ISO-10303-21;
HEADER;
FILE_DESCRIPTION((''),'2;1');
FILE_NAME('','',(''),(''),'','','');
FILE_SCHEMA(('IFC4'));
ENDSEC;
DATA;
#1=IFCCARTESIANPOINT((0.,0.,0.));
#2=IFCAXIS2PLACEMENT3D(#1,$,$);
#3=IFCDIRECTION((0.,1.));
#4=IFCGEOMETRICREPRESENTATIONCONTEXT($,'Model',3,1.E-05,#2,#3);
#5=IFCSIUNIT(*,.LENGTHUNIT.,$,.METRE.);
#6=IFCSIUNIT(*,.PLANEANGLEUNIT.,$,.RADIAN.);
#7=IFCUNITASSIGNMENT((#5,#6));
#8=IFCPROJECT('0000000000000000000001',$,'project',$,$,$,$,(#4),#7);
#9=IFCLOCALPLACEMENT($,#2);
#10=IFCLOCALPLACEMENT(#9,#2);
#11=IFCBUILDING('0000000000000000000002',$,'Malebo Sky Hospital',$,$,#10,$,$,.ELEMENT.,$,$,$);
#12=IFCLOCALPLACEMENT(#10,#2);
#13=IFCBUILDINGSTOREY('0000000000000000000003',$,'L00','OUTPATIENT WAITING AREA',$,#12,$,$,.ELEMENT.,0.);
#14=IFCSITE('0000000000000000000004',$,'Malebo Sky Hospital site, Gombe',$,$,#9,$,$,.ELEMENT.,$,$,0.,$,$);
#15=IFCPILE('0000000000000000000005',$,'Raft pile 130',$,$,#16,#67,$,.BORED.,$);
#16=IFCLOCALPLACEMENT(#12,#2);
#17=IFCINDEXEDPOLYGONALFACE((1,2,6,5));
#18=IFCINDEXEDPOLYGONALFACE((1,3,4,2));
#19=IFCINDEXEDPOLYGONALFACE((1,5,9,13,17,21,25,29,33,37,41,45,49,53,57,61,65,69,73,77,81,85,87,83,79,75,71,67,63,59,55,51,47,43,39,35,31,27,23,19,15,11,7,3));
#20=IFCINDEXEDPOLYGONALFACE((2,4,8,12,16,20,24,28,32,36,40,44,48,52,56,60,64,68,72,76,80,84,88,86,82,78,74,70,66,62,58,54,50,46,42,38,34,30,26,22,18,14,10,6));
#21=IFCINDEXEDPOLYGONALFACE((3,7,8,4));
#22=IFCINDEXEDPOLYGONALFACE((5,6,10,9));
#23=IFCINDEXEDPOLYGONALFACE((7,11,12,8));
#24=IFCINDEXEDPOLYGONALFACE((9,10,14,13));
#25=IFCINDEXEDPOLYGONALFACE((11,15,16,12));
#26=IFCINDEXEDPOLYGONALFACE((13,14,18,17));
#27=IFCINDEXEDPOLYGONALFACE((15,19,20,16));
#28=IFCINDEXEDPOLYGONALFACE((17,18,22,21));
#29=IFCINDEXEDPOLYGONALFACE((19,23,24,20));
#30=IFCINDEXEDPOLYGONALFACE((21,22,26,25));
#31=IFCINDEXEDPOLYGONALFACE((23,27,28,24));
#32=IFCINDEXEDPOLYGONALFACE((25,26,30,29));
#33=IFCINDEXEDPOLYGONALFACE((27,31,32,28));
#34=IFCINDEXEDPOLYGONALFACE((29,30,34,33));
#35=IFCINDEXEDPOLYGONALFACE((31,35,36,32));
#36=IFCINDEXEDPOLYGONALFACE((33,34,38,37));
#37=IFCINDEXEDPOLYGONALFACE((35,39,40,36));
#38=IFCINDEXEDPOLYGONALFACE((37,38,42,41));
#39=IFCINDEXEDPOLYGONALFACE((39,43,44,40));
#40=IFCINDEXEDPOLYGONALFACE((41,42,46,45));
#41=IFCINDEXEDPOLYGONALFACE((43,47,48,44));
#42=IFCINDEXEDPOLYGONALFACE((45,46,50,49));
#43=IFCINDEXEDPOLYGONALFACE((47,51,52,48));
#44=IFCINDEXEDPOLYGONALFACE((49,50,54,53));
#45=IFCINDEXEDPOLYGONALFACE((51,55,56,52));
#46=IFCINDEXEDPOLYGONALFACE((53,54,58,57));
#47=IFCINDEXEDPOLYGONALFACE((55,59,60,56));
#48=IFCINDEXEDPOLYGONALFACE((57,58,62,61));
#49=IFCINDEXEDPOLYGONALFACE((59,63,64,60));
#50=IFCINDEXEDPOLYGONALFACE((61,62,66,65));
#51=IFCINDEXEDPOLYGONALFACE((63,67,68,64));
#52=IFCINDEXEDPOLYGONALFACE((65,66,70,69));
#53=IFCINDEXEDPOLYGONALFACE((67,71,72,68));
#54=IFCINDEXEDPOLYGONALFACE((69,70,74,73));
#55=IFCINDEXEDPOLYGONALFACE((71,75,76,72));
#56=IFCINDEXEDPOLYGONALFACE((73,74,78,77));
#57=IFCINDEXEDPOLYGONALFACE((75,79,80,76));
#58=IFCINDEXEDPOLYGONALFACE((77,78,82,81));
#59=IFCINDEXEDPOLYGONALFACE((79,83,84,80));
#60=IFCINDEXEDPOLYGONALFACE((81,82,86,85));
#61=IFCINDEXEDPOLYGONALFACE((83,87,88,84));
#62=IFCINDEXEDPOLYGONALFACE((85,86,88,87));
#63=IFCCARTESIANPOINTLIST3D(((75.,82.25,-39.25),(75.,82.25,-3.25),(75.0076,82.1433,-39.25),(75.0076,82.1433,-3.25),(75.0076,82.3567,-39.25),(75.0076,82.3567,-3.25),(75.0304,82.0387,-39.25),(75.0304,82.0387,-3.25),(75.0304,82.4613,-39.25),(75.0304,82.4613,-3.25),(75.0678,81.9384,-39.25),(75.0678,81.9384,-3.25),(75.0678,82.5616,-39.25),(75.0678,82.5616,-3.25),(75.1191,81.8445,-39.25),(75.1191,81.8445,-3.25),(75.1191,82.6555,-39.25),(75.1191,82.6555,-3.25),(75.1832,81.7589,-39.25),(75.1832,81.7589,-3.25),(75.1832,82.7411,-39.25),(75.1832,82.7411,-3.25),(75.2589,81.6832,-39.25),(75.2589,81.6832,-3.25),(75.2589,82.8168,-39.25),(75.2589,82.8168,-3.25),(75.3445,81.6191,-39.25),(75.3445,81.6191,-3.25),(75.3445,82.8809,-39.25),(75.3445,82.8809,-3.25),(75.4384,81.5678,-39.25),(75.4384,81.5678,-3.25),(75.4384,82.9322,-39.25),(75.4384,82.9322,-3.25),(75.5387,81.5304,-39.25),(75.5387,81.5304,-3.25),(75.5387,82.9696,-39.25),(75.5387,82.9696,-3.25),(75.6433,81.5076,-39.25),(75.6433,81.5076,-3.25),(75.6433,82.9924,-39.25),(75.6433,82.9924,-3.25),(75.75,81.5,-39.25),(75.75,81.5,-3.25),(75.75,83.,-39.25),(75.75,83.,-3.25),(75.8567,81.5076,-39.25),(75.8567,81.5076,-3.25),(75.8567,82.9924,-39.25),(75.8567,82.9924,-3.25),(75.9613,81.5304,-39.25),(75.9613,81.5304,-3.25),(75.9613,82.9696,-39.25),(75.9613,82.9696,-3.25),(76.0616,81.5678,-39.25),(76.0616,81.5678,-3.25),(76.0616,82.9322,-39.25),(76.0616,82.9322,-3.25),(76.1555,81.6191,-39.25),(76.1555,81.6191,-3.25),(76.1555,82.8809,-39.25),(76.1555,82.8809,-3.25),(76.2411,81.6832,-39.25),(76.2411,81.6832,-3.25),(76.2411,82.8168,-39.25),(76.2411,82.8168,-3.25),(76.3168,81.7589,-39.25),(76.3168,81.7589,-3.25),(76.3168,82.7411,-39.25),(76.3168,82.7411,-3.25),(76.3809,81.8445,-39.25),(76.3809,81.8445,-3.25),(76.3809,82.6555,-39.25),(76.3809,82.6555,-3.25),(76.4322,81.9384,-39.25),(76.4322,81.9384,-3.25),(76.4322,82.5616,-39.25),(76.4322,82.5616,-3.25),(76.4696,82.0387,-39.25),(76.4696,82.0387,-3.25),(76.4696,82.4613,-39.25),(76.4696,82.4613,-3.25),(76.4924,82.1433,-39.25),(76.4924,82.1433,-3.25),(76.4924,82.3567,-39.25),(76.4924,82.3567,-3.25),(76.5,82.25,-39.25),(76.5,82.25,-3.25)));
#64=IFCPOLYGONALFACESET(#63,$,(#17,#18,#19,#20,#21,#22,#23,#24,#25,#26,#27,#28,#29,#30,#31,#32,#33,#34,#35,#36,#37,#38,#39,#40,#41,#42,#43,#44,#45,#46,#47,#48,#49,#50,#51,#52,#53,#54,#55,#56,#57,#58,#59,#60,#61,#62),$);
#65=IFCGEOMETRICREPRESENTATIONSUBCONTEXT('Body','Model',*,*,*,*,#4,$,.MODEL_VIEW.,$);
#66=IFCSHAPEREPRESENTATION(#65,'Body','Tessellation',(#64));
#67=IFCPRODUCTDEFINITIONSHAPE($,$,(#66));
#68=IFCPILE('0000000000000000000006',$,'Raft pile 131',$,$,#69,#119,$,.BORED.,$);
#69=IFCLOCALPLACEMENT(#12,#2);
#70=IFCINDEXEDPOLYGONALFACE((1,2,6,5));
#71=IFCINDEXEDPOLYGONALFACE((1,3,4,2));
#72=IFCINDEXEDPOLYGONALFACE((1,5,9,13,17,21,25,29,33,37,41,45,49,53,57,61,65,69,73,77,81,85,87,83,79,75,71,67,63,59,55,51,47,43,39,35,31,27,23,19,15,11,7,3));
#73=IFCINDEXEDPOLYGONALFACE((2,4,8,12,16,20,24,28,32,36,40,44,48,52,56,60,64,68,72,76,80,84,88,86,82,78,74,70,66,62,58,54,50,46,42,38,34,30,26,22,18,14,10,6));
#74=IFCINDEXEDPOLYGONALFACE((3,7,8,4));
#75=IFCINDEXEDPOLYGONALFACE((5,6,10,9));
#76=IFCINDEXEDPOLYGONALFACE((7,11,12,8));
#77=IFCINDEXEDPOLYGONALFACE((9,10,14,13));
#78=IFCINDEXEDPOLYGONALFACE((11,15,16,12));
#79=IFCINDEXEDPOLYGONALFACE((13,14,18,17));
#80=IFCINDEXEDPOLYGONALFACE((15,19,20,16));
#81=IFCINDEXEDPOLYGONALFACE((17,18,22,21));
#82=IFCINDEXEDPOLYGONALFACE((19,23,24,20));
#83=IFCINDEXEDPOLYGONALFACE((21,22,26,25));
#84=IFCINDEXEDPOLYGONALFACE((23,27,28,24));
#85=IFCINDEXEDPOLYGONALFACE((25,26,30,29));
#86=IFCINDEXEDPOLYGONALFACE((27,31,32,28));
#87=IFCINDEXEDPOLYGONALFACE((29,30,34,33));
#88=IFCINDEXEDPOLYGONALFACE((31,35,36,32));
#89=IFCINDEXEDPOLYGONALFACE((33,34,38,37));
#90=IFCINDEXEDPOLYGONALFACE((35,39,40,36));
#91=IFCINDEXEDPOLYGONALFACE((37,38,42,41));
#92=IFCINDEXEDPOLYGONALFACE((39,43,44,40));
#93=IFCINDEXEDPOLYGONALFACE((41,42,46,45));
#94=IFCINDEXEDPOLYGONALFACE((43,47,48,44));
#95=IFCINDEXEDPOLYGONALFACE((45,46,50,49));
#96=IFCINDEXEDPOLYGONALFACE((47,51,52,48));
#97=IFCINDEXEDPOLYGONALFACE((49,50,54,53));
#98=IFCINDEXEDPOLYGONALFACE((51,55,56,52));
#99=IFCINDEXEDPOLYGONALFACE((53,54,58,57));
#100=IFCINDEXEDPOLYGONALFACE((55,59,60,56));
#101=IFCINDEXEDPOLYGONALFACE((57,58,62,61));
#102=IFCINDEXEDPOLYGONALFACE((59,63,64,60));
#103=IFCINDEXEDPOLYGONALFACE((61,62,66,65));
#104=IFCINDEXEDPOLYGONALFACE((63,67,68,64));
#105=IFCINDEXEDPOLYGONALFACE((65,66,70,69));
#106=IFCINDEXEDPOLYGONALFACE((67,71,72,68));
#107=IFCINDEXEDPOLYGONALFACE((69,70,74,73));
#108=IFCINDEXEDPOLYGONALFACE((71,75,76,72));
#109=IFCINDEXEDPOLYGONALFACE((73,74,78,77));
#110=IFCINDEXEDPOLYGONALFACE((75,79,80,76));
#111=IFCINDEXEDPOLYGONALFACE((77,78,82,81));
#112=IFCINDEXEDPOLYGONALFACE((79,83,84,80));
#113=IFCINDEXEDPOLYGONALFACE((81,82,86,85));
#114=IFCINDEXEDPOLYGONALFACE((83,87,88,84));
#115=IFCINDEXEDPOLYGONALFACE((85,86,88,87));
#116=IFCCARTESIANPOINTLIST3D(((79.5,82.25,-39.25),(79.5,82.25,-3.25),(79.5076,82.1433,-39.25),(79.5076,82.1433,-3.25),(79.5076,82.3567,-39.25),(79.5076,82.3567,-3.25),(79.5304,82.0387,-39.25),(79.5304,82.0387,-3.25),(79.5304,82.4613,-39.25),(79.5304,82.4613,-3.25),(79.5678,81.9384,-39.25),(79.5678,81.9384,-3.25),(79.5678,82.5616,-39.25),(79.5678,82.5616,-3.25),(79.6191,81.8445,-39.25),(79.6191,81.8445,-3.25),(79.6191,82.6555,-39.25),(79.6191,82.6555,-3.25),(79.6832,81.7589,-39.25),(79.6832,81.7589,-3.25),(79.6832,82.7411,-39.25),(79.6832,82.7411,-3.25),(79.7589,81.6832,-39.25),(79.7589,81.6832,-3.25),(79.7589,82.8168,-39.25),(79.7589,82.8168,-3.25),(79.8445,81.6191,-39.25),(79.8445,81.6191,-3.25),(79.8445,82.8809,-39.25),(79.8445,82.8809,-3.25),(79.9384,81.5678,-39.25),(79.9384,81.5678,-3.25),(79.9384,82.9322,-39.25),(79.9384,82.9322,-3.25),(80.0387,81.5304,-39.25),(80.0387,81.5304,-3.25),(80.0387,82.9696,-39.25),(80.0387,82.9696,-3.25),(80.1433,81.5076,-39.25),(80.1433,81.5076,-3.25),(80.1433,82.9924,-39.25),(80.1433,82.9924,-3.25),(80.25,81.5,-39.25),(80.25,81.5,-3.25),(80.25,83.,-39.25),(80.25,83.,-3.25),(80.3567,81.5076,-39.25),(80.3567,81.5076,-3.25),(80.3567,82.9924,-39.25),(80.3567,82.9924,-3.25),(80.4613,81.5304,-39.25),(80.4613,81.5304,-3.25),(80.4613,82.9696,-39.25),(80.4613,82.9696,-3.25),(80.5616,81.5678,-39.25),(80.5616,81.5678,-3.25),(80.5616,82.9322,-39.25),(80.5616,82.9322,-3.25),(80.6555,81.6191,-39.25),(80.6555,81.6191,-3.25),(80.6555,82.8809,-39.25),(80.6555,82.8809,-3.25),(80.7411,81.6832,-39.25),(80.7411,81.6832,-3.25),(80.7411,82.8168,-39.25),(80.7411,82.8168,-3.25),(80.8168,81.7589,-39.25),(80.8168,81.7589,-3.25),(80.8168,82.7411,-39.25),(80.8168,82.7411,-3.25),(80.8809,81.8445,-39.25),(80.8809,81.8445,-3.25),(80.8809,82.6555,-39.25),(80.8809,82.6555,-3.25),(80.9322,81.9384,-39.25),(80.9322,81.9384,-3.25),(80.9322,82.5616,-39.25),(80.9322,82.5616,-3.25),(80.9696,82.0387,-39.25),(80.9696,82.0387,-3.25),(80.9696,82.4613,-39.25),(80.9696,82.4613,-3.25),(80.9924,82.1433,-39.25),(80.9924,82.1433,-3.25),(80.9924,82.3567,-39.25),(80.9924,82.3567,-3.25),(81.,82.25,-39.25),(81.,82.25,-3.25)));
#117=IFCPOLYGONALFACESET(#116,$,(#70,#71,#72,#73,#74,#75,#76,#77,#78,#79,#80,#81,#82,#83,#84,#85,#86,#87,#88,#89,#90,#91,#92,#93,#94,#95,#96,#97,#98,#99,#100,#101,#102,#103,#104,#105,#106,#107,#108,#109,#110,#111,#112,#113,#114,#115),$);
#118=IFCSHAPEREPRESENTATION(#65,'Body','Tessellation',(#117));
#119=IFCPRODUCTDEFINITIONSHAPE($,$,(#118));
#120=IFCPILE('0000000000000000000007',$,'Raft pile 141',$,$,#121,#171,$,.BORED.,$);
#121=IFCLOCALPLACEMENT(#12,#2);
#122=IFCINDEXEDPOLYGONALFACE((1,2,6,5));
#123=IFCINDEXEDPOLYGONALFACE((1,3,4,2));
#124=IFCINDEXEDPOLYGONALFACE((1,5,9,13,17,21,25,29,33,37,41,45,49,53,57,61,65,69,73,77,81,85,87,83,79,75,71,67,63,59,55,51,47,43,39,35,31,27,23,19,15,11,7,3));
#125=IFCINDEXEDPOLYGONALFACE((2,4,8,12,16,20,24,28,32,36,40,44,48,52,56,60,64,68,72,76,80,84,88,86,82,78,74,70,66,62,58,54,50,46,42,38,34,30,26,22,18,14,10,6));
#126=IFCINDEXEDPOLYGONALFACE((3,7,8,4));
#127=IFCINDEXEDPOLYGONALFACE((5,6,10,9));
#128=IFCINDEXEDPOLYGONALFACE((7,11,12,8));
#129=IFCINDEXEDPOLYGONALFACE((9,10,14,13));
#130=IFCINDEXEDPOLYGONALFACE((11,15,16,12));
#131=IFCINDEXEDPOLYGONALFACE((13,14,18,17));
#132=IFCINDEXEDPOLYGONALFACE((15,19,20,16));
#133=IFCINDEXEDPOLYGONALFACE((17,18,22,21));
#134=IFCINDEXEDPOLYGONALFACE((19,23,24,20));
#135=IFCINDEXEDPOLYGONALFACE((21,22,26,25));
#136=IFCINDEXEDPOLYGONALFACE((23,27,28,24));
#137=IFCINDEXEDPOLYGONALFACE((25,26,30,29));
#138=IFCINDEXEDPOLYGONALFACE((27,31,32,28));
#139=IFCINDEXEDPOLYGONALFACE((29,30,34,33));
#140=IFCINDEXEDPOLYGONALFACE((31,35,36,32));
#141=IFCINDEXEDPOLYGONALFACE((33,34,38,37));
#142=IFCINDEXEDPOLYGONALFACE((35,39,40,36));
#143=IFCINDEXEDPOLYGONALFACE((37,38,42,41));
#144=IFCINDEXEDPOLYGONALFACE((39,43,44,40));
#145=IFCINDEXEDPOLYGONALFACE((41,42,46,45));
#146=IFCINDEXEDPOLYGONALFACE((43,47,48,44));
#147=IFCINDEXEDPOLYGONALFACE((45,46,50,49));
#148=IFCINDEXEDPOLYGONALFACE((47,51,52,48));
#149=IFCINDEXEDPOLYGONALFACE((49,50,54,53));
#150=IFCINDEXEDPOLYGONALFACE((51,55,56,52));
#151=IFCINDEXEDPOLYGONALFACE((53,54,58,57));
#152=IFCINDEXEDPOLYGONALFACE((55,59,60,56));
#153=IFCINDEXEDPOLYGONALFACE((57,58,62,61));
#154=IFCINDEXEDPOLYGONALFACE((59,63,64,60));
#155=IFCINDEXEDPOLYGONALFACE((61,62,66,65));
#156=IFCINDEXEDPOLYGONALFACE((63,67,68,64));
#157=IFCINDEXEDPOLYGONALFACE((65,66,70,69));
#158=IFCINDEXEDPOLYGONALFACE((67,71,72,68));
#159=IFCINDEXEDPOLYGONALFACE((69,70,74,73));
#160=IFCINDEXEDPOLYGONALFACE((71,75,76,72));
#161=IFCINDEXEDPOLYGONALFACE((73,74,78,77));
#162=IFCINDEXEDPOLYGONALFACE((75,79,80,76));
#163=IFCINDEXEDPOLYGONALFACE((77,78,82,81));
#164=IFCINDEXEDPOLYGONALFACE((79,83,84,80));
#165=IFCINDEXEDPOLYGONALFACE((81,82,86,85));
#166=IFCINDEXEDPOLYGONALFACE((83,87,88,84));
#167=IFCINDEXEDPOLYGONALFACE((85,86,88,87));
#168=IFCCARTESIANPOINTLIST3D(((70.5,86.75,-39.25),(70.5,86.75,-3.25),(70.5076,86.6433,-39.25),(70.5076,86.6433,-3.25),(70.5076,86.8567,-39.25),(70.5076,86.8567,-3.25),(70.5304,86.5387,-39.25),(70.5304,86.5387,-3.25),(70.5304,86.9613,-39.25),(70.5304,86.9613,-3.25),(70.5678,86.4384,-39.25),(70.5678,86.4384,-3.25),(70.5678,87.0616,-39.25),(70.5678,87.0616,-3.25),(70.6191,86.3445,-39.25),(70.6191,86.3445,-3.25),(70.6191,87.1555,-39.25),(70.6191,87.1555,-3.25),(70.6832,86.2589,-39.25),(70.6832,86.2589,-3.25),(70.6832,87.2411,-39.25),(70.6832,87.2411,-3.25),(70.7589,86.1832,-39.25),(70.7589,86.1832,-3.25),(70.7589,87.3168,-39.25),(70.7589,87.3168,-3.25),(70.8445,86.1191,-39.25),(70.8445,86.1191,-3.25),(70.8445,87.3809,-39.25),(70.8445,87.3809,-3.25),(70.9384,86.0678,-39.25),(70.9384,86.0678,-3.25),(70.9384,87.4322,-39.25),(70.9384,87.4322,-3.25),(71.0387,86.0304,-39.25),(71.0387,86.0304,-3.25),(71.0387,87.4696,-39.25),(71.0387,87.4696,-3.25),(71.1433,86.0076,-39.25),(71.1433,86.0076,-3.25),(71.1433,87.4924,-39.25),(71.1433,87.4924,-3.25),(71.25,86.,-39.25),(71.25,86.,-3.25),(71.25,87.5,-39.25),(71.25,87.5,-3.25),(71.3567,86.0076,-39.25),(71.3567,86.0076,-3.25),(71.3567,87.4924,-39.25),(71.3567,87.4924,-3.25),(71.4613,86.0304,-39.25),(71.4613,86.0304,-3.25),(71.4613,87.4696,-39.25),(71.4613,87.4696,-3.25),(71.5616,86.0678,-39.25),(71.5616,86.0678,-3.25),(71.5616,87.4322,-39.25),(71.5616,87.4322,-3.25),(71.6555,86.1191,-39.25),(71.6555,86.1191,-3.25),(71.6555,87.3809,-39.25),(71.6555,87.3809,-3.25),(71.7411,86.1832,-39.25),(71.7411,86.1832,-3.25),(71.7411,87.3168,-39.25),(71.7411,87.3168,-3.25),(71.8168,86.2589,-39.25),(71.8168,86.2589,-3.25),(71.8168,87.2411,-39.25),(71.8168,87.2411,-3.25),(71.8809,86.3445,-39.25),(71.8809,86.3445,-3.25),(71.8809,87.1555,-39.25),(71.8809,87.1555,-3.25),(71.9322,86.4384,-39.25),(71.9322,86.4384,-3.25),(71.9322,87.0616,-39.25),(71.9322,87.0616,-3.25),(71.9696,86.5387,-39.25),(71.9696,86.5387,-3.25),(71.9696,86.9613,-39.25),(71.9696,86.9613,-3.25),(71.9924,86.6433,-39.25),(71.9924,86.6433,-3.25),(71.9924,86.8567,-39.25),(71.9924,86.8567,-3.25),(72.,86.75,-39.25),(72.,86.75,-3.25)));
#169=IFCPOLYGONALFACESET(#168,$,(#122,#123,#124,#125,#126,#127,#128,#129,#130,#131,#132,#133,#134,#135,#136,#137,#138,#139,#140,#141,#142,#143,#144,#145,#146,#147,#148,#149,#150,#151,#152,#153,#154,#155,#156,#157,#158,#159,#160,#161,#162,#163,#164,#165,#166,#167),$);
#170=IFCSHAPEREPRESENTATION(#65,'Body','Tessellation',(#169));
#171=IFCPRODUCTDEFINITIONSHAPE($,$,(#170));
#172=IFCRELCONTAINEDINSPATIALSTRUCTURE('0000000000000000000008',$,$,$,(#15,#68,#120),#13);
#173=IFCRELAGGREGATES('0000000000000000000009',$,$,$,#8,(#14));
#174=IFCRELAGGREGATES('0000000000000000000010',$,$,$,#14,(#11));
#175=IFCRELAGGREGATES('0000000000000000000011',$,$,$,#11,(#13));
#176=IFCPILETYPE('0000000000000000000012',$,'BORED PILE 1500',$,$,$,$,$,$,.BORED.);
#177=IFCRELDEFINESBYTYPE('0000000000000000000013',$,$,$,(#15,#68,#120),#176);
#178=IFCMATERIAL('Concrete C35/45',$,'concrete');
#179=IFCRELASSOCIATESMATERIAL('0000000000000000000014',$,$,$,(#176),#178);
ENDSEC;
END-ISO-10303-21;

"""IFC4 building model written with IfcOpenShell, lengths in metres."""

from ifc_helpers import new_model, si_unit, direction, frame, origin, origin_2d, place, context, subcontext, project, spatial, circle, extrude, material, material_profile, profile_set, type_object, element, save


model = new_model("IFC4")

# Units and contexts
model_context = context("Model", 3, precision=1e-05, world=origin(), true_north=direction((0.0, 1.0)))
body_context = subcontext(model_context, "Body", "Model", "MODEL_VIEW")
ifc_project = project(units=[si_unit("LENGTHUNIT", "METRE"), si_unit("PLANEANGLEUNIT", "RADIAN")], contexts=[model_context])

# Site, building, storey
site_placement = place(None, origin())
site = spatial("IfcSite", under=ifc_project, at=site_placement, Name="Malebo Sky Hospital site, Gombe", CompositionType="ELEMENT", RefElevation=0.0)
building_placement = place(site_placement, origin())
building = spatial("IfcBuilding", under=site, at=building_placement, Name="Malebo Sky Hospital", CompositionType="ELEMENT")
storey_placement = place(building_placement, origin())
storey = spatial("IfcBuildingStorey", under=building, at=storey_placement, Name="L00", Description="OUTPATIENT WAITING AREA", CompositionType="ELEMENT", Elevation=0.0)

# Piles
ifc_material_1 = material(Name="Concrete C35/45", Category="concrete")
ifc_material_profile_1 = material_profile(ifc_material_1, circle(Radius=0.75, at=origin_2d()), Name="BP 1500")
ifc_profile_set_1 = profile_set([ifc_material_profile_1], Name="Concrete C35/45")
pile_type = type_object("IfcPileType", Name="BORED PILE 1500", PredefinedType="BORED", material=ifc_profile_set_1)
for number, where, z_axis, x_axis, name in (
    (1, (75.75, 82.25, -3.25), (0.0, 0.0, -1.0), (1.0, 0.0, 0.0), "Raft pile 130"),
    (2, (80.25, 82.25, -3.25), (0.0, 0.0, -1.0), (1.0, 0.0, 0.0), "Raft pile 131"),
    (3, (71.25, 86.75, -3.25), (0.0, 0.0, -1.0), (1.0, 0.0, 0.0), "Raft pile 141"),
):
    element("IfcPile", number, at=place(storey_placement, frame(where, z_axis=z_axis, x_axis=x_axis)), inside=storey, type_object=pile_type, Name=name, PredefinedType="BORED", context=body_context, shape_type="SweptSolid", body=[
        extrude(circle(Radius=0.75, at=origin_2d()), origin(), (0.0, 0.0, 1.0), 36.0),
    ])

save(model, "model.ifc")
